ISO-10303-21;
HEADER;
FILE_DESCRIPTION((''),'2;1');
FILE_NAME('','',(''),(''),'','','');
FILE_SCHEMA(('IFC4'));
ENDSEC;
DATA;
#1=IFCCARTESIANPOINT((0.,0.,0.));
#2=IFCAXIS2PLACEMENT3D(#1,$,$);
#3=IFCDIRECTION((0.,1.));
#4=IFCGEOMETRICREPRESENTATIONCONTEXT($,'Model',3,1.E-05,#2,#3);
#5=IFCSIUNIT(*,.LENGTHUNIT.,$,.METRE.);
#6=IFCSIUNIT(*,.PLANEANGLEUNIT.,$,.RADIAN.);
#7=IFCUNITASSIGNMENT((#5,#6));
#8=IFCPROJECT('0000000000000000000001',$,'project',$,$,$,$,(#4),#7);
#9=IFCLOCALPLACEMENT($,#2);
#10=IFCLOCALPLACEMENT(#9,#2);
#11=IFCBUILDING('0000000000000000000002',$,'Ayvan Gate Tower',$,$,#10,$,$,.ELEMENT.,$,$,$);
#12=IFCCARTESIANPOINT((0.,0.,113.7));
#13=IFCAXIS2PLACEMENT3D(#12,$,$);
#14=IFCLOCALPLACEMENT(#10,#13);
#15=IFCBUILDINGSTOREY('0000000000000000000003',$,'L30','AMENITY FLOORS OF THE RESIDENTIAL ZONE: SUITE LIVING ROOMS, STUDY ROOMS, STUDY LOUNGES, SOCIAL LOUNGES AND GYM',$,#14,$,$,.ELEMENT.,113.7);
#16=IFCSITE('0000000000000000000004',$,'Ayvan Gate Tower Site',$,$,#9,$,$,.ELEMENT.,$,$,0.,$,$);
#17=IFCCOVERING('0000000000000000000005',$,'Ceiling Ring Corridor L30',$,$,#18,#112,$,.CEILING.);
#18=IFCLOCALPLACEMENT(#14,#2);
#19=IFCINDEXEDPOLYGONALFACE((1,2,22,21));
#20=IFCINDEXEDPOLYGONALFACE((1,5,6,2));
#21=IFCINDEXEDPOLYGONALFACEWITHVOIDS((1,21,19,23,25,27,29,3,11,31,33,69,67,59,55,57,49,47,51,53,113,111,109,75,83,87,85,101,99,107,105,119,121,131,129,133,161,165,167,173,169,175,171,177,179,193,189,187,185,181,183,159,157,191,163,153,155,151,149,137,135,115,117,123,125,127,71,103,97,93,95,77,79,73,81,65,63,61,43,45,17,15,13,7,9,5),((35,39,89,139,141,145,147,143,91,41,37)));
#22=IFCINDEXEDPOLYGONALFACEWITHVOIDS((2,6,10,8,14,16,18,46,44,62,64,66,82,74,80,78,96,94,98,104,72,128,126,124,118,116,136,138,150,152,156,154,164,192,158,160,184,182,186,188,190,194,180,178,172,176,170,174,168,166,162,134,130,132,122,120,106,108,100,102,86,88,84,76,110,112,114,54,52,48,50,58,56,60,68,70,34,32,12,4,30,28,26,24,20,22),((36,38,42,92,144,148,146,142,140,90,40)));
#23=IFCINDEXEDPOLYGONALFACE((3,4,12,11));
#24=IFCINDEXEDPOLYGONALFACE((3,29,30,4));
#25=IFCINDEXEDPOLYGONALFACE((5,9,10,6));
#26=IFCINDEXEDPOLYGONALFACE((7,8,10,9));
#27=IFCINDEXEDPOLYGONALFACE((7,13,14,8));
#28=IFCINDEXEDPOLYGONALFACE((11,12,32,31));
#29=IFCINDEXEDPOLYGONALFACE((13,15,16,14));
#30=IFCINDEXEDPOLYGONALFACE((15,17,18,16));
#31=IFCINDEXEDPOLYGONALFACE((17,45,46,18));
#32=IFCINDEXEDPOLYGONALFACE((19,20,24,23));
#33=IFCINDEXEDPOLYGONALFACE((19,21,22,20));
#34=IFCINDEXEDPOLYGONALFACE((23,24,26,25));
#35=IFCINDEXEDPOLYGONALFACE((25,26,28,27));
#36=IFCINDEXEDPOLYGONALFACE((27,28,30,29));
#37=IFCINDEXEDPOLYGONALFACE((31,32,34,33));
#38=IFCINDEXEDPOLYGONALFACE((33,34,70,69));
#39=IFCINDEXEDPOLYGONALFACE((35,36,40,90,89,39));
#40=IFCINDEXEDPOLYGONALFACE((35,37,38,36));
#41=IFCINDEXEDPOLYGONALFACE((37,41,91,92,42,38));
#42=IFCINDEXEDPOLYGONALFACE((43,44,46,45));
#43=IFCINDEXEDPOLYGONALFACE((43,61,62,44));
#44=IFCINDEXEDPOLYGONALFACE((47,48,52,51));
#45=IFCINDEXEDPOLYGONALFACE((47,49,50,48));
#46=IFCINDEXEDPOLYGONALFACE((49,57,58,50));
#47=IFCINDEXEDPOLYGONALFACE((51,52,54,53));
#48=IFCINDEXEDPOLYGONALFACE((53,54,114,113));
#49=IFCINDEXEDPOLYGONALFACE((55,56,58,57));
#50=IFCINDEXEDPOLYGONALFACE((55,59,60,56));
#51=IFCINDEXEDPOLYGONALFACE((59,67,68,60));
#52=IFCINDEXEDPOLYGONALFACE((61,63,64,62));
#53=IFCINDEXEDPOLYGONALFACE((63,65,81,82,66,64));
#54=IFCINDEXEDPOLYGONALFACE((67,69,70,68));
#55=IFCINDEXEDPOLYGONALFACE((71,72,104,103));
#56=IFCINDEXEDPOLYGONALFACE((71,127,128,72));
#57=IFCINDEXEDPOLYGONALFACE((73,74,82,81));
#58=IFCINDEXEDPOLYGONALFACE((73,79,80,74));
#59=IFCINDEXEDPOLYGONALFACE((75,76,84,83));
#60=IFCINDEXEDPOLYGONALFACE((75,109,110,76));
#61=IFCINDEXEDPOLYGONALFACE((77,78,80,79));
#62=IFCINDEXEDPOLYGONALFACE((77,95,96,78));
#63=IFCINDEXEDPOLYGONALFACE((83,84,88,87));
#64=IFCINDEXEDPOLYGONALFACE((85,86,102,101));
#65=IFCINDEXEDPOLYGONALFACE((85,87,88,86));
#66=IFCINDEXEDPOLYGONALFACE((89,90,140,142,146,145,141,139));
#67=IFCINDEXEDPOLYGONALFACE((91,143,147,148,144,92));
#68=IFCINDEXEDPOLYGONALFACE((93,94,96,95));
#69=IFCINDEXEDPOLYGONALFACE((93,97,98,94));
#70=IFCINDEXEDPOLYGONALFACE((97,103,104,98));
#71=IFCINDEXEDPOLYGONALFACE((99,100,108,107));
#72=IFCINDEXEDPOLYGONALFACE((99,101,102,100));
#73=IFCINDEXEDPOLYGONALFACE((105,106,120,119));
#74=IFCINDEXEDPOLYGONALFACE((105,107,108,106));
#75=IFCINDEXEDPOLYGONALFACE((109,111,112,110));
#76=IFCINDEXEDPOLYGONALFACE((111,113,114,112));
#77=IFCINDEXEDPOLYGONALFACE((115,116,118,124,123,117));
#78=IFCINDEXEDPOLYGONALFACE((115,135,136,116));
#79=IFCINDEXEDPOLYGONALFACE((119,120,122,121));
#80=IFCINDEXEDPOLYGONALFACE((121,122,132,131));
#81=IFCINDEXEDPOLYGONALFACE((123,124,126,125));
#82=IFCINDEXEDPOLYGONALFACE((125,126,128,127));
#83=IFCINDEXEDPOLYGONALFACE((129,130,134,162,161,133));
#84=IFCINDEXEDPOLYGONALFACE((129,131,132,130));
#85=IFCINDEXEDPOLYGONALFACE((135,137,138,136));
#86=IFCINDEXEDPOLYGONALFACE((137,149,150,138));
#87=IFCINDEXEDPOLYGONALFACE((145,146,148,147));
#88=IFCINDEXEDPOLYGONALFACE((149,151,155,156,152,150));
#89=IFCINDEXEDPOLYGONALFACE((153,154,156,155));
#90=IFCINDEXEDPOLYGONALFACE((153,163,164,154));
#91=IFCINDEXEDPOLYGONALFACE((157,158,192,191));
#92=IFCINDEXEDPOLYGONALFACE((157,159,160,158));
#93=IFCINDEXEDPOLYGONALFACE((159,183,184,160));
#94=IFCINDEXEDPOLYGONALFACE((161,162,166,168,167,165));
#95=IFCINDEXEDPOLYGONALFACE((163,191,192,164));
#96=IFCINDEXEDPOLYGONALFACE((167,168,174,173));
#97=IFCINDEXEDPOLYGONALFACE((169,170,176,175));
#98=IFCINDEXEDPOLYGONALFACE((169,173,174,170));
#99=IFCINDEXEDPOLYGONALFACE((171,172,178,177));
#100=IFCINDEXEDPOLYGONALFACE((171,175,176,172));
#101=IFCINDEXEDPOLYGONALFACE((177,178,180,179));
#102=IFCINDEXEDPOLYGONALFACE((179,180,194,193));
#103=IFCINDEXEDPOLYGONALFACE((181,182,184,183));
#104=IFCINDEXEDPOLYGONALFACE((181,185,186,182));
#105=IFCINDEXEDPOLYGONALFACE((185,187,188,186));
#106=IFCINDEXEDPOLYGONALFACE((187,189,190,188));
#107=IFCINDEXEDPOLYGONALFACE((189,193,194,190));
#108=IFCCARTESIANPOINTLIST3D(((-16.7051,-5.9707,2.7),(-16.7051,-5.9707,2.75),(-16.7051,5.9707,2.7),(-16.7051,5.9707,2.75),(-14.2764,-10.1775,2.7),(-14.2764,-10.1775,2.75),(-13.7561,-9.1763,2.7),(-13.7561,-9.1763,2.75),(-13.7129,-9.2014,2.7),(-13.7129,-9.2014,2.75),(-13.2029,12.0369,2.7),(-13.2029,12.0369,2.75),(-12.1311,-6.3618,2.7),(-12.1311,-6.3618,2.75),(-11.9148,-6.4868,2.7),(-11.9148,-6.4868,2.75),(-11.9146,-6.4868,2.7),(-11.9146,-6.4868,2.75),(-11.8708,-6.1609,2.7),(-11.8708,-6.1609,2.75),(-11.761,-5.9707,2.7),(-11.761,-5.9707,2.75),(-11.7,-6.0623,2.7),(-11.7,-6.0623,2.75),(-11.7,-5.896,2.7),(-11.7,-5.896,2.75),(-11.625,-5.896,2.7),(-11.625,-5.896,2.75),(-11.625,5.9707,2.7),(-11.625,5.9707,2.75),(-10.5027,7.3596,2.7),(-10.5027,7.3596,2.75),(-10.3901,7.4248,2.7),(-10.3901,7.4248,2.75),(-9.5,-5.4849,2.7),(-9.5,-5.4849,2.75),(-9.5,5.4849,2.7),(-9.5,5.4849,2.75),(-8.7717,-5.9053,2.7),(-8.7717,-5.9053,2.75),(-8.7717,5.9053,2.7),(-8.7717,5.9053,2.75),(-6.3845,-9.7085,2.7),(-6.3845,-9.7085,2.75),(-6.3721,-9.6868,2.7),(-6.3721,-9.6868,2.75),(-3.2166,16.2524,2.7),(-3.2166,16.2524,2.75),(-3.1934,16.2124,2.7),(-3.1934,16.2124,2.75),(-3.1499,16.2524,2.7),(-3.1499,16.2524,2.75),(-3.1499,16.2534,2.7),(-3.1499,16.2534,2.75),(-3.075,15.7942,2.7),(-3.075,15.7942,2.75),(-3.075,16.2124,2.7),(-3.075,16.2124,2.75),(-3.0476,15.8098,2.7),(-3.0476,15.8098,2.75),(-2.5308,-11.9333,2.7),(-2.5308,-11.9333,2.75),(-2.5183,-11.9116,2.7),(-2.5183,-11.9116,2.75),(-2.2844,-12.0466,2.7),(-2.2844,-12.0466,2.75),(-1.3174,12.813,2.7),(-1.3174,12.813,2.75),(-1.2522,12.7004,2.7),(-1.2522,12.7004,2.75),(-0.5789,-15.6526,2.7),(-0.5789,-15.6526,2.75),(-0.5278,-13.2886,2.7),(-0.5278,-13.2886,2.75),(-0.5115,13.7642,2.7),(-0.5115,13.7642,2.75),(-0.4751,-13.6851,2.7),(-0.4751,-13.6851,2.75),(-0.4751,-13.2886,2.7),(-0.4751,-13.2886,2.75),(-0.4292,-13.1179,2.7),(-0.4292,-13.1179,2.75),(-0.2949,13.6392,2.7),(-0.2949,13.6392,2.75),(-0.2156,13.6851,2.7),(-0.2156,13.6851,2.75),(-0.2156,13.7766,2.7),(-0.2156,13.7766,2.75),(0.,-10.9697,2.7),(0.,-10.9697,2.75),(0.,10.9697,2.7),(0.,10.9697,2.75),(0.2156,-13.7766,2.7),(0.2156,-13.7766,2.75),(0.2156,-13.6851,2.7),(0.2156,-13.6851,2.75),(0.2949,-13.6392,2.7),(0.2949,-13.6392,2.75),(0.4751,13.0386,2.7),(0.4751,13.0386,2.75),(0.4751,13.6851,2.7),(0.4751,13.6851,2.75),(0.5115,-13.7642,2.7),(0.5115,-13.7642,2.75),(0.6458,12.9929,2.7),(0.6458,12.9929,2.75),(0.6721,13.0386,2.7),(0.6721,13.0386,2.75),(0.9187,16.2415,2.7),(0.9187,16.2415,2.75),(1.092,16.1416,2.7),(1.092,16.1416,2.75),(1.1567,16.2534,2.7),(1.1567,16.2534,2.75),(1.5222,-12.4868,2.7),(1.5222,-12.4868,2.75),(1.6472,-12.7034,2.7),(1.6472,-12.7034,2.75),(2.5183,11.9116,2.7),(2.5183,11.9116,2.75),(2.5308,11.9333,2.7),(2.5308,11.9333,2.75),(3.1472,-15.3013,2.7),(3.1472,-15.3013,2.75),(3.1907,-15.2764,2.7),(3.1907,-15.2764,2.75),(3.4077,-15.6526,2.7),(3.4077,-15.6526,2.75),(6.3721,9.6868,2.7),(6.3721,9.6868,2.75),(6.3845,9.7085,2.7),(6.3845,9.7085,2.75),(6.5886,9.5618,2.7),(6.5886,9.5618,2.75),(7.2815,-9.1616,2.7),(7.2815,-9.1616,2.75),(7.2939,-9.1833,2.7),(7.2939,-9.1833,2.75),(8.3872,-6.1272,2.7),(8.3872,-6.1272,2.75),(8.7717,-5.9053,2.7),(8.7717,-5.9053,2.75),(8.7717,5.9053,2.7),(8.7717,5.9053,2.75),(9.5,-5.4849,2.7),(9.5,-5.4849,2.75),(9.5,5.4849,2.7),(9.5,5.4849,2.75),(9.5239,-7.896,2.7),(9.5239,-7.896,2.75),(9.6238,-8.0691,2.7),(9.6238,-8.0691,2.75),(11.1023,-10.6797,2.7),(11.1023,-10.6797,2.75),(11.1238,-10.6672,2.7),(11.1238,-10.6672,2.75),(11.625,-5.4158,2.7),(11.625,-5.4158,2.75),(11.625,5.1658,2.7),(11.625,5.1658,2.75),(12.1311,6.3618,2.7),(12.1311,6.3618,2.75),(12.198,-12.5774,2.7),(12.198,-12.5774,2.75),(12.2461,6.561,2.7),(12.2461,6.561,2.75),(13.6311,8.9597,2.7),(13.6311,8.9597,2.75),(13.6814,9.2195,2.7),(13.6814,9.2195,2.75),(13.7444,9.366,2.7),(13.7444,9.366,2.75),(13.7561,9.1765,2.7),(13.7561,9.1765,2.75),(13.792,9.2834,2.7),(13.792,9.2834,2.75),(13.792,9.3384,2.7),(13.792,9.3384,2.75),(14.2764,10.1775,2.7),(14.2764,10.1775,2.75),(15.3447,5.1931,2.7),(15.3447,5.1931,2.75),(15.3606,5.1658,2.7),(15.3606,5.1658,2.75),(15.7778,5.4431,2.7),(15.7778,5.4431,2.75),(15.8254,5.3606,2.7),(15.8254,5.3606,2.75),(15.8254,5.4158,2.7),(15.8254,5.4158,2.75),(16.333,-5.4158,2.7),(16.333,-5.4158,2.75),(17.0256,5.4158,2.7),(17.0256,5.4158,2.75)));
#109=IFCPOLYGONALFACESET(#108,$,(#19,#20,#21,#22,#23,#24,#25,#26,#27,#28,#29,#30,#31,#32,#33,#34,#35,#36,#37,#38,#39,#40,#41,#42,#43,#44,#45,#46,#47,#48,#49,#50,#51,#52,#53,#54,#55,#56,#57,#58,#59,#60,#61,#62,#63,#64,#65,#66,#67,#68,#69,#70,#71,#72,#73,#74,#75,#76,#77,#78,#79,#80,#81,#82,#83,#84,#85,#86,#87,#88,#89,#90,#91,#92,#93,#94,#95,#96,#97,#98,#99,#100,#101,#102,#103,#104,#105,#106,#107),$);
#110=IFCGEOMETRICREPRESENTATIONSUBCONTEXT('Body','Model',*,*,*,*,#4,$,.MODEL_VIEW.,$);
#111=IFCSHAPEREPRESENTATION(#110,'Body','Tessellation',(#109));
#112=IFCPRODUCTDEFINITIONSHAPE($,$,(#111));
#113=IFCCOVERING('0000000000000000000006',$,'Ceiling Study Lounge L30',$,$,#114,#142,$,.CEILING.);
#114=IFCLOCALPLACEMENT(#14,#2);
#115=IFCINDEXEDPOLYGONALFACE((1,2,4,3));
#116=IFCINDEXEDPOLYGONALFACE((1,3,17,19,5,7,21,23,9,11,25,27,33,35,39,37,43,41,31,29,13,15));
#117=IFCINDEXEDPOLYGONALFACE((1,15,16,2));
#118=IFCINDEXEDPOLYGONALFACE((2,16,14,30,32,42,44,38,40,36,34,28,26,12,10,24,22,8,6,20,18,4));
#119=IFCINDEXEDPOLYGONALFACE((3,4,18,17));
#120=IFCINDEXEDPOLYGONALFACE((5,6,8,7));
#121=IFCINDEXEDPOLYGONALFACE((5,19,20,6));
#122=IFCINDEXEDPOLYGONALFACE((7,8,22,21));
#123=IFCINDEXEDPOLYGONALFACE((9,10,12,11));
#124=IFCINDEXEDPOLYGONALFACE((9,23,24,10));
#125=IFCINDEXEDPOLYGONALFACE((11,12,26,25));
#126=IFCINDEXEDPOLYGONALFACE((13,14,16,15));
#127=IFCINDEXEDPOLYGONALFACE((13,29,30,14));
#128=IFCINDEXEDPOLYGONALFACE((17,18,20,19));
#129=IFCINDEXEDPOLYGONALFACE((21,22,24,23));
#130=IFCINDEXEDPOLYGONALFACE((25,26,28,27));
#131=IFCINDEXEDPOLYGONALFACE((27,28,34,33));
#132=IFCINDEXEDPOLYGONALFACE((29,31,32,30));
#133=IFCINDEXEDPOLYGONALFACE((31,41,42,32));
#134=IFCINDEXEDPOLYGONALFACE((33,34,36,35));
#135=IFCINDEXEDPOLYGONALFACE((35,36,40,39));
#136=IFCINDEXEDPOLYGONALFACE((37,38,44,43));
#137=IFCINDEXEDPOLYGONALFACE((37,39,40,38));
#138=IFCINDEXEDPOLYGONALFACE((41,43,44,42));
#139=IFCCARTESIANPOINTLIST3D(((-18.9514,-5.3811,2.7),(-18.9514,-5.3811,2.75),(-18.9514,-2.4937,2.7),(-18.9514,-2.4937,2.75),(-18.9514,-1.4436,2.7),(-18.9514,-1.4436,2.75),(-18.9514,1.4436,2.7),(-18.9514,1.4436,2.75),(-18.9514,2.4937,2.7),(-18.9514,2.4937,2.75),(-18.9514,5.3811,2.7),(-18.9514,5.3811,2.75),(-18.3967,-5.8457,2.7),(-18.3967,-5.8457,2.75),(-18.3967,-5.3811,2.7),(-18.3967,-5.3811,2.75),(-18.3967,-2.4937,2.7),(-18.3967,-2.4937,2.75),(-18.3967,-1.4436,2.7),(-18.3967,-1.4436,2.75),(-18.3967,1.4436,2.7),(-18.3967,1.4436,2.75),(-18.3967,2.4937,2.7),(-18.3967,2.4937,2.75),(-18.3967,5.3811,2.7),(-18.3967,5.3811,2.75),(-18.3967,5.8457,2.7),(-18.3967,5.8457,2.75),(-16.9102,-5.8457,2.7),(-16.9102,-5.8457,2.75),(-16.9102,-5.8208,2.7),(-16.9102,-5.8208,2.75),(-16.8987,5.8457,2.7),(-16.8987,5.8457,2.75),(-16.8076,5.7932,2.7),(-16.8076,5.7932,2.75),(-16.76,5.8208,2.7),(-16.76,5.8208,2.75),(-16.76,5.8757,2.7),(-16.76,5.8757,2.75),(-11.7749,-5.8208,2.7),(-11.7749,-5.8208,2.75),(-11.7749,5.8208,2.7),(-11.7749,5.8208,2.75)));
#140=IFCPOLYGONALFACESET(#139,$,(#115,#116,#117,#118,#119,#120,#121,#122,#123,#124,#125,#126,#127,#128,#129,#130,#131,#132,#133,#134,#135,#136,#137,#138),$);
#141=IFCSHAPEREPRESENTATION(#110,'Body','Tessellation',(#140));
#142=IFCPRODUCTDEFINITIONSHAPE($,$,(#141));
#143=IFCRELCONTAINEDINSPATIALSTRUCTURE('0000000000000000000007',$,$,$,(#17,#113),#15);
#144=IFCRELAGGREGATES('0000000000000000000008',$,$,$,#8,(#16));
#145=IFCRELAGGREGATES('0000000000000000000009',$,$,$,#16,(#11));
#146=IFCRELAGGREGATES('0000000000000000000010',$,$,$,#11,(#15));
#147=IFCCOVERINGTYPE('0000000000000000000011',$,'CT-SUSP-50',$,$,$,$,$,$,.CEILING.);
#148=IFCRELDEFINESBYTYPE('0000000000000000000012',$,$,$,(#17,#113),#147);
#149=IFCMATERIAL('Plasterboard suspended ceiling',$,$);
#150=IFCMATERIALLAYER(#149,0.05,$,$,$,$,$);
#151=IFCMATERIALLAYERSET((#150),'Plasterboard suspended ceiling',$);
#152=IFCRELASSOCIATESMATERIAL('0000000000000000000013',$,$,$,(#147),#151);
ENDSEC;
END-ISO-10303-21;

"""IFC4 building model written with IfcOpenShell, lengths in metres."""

from ifc_helpers import new_model, si_unit, direction, frame, origin, place, context, subcontext, project, spatial, polyline, outline, extrude, material, layer, layer_set, type_object, element, save


model = new_model("IFC4")

# Units and contexts
model_context = context("Model", 3, precision=1e-05, world=origin(), true_north=direction((0.0, 1.0)))
body_context = subcontext(model_context, "Body", "Model", "MODEL_VIEW")
ifc_project = project(units=[si_unit("LENGTHUNIT", "METRE"), si_unit("PLANEANGLEUNIT", "RADIAN")], contexts=[model_context])

# Site, building, storey
site_placement = place(None, origin())
site = spatial("IfcSite", under=ifc_project, at=site_placement, Name="Ayvan Gate Tower Site", CompositionType="ELEMENT", RefElevation=0.0)
building_placement = place(site_placement, origin())
building = spatial("IfcBuilding", under=site, at=building_placement, Name="Ayvan Gate Tower", CompositionType="ELEMENT")
storey_placement = place(building_placement, frame((0.0, 0.0, 113.7)))
storey = spatial("IfcBuildingStorey", under=building, at=storey_placement, Name="L30", Description="AMENITY FLOORS OF THE RESIDENTIAL ZONE: SUITE LIVING ROOMS, STUDY ROOMS, STUDY LOUNGES, SOCIAL LOUNGES AND GYM", CompositionType="ELEMENT", Elevation=113.7)

# Coverings
ifc_material_1 = material(Name="Plasterboard suspended ceiling")
ifc_layer_1 = layer(ifc_material_1, 0.05)
ifc_layer_set_1 = layer_set([ifc_layer_1], Name="Plasterboard suspended ceiling")
covering_type = type_object("IfcCoveringType", Name="CT-SUSP-50", PredefinedType="CEILING", material=ifc_layer_set_1)
covering_1_placement = place(storey_placement, frame((0.0, 0.0, 2.7)))
element("IfcCovering", 1, at=covering_1_placement, inside=storey, type_object=covering_type, Name="Ceiling Ring Corridor L30", PredefinedType="CEILING", context=body_context, shape_type="SweptSolid", body=[
    extrude(outline(polyline([(-11.9148, -6.4868), (-12.1311, -6.3618), (-13.7561, -9.1763), (-13.7129, -9.2014), (-14.2764, -10.1775), (-16.7051, -5.9707), (-11.761, -5.9707), (-11.8708, -6.1609), (-11.7, -6.0623), (-11.7, -5.896), (-11.625, -5.896), (-11.625, 5.9707), (-16.7051, 5.9707), (-13.2029, 12.0369), (-10.5027, 7.3596), (-10.3901, 7.4248), (-1.2522, 12.7004), (-1.3174, 12.813), (-3.0476, 15.8098), (-3.075, 15.7942), (-3.075, 16.2124), (-3.1934, 16.2124), (-3.2166, 16.2524), (-3.1499, 16.2524), (-3.1499, 16.2534), (1.1567, 16.2534), (1.092, 16.1416), (0.9187, 16.2415), (-0.5115, 13.7642), (-0.2949, 13.6392), (-0.2156, 13.7766), (-0.2156, 13.6851), (0.4751, 13.6851), (0.4751, 13.0386), (0.6721, 13.0386), (0.6458, 12.9929), (2.5183, 11.9116), (2.5308, 11.9333), (6.3845, 9.7085), (6.3721, 9.6868), (6.5886, 9.5618), (12.1311, 6.3618), (12.2461, 6.561), (13.6311, 8.9597), (13.7561, 9.1765), (13.6814, 9.2195), (13.792, 9.2834), (13.7444, 9.366), (13.792, 9.3384), (14.2764, 10.1775), (17.0256, 5.4158), (15.8254, 5.4158), (15.8254, 5.3606), (15.7778, 5.4431), (15.3447, 5.1931), (15.3606, 5.1658), (11.625, 5.1658), (11.625, -5.4158), (16.333, -5.4158), (12.198, -12.5774), (11.1023, -10.6797), (11.1238, -10.6672), (9.6238, -8.0691), (9.5239, -7.896), (7.2939, -9.1833), (7.2815, -9.1616), (1.5222, -12.4868), (1.6472, -12.7034), (3.1472, -15.3013), (3.1907, -15.2764), (3.4077, -15.6526), (-0.5789, -15.6526), (0.5115, -13.7642), (0.2949, -13.6392), (0.2156, -13.7766), (0.2156, -13.6851), (-0.4751, -13.6851), (-0.4751, -13.2886), (-0.5278, -13.2886), (-0.4292, -13.1179), (-2.2844, -12.0466), (-2.5183, -11.9116), (-2.5308, -11.9333), (-6.3845, -9.7085), (-6.3721, -9.6868), (-11.9146, -6.4868), (-11.9148, -6.4868)]), holes=[polyline([(9.5, 5.4849), (8.7717, 5.9053), (0.0, 10.9697), (-8.7717, 5.9053), (-9.5, 5.4849), (-9.5, -5.4849), (-8.7717, -5.9053), (0.0, -10.9697), (8.3872, -6.1272), (8.7717, -5.9053), (9.5, -5.4849), (9.5, 5.4849)])]), origin(), (0.0, 0.0, 1.0), 0.05),
])
covering_2_placement = place(storey_placement, frame((0.0, 0.0, 2.7)))
element("IfcCovering", 2, at=covering_2_placement, inside=storey, type_object=covering_type, Name="Ceiling Study Lounge L30", PredefinedType="CEILING", context=body_context, shape_type="SweptSolid", body=[
    extrude(outline(polyline([(-18.3967, -2.4937), (-18.3967, -1.4436), (-18.9514, -1.4436), (-18.9514, 1.4436), (-18.3967, 1.4436), (-18.3967, 2.4937), (-18.9514, 2.4937), (-18.9514, 5.3811), (-18.3967, 5.3811), (-18.3967, 5.8457), (-16.8987, 5.8457), (-16.8076, 5.7932), (-16.76, 5.8757), (-16.76, 5.8208), (-11.7749, 5.8208), (-11.7749, -5.8208), (-16.9102, -5.8208), (-16.9102, -5.8457), (-18.3967, -5.8457), (-18.3967, -5.3811), (-18.9514, -5.3811), (-18.9514, -2.4937), (-18.3967, -2.4937)])), origin(), (0.0, 0.0, 1.0), 0.05),
])

save(model, "model.ifc")
